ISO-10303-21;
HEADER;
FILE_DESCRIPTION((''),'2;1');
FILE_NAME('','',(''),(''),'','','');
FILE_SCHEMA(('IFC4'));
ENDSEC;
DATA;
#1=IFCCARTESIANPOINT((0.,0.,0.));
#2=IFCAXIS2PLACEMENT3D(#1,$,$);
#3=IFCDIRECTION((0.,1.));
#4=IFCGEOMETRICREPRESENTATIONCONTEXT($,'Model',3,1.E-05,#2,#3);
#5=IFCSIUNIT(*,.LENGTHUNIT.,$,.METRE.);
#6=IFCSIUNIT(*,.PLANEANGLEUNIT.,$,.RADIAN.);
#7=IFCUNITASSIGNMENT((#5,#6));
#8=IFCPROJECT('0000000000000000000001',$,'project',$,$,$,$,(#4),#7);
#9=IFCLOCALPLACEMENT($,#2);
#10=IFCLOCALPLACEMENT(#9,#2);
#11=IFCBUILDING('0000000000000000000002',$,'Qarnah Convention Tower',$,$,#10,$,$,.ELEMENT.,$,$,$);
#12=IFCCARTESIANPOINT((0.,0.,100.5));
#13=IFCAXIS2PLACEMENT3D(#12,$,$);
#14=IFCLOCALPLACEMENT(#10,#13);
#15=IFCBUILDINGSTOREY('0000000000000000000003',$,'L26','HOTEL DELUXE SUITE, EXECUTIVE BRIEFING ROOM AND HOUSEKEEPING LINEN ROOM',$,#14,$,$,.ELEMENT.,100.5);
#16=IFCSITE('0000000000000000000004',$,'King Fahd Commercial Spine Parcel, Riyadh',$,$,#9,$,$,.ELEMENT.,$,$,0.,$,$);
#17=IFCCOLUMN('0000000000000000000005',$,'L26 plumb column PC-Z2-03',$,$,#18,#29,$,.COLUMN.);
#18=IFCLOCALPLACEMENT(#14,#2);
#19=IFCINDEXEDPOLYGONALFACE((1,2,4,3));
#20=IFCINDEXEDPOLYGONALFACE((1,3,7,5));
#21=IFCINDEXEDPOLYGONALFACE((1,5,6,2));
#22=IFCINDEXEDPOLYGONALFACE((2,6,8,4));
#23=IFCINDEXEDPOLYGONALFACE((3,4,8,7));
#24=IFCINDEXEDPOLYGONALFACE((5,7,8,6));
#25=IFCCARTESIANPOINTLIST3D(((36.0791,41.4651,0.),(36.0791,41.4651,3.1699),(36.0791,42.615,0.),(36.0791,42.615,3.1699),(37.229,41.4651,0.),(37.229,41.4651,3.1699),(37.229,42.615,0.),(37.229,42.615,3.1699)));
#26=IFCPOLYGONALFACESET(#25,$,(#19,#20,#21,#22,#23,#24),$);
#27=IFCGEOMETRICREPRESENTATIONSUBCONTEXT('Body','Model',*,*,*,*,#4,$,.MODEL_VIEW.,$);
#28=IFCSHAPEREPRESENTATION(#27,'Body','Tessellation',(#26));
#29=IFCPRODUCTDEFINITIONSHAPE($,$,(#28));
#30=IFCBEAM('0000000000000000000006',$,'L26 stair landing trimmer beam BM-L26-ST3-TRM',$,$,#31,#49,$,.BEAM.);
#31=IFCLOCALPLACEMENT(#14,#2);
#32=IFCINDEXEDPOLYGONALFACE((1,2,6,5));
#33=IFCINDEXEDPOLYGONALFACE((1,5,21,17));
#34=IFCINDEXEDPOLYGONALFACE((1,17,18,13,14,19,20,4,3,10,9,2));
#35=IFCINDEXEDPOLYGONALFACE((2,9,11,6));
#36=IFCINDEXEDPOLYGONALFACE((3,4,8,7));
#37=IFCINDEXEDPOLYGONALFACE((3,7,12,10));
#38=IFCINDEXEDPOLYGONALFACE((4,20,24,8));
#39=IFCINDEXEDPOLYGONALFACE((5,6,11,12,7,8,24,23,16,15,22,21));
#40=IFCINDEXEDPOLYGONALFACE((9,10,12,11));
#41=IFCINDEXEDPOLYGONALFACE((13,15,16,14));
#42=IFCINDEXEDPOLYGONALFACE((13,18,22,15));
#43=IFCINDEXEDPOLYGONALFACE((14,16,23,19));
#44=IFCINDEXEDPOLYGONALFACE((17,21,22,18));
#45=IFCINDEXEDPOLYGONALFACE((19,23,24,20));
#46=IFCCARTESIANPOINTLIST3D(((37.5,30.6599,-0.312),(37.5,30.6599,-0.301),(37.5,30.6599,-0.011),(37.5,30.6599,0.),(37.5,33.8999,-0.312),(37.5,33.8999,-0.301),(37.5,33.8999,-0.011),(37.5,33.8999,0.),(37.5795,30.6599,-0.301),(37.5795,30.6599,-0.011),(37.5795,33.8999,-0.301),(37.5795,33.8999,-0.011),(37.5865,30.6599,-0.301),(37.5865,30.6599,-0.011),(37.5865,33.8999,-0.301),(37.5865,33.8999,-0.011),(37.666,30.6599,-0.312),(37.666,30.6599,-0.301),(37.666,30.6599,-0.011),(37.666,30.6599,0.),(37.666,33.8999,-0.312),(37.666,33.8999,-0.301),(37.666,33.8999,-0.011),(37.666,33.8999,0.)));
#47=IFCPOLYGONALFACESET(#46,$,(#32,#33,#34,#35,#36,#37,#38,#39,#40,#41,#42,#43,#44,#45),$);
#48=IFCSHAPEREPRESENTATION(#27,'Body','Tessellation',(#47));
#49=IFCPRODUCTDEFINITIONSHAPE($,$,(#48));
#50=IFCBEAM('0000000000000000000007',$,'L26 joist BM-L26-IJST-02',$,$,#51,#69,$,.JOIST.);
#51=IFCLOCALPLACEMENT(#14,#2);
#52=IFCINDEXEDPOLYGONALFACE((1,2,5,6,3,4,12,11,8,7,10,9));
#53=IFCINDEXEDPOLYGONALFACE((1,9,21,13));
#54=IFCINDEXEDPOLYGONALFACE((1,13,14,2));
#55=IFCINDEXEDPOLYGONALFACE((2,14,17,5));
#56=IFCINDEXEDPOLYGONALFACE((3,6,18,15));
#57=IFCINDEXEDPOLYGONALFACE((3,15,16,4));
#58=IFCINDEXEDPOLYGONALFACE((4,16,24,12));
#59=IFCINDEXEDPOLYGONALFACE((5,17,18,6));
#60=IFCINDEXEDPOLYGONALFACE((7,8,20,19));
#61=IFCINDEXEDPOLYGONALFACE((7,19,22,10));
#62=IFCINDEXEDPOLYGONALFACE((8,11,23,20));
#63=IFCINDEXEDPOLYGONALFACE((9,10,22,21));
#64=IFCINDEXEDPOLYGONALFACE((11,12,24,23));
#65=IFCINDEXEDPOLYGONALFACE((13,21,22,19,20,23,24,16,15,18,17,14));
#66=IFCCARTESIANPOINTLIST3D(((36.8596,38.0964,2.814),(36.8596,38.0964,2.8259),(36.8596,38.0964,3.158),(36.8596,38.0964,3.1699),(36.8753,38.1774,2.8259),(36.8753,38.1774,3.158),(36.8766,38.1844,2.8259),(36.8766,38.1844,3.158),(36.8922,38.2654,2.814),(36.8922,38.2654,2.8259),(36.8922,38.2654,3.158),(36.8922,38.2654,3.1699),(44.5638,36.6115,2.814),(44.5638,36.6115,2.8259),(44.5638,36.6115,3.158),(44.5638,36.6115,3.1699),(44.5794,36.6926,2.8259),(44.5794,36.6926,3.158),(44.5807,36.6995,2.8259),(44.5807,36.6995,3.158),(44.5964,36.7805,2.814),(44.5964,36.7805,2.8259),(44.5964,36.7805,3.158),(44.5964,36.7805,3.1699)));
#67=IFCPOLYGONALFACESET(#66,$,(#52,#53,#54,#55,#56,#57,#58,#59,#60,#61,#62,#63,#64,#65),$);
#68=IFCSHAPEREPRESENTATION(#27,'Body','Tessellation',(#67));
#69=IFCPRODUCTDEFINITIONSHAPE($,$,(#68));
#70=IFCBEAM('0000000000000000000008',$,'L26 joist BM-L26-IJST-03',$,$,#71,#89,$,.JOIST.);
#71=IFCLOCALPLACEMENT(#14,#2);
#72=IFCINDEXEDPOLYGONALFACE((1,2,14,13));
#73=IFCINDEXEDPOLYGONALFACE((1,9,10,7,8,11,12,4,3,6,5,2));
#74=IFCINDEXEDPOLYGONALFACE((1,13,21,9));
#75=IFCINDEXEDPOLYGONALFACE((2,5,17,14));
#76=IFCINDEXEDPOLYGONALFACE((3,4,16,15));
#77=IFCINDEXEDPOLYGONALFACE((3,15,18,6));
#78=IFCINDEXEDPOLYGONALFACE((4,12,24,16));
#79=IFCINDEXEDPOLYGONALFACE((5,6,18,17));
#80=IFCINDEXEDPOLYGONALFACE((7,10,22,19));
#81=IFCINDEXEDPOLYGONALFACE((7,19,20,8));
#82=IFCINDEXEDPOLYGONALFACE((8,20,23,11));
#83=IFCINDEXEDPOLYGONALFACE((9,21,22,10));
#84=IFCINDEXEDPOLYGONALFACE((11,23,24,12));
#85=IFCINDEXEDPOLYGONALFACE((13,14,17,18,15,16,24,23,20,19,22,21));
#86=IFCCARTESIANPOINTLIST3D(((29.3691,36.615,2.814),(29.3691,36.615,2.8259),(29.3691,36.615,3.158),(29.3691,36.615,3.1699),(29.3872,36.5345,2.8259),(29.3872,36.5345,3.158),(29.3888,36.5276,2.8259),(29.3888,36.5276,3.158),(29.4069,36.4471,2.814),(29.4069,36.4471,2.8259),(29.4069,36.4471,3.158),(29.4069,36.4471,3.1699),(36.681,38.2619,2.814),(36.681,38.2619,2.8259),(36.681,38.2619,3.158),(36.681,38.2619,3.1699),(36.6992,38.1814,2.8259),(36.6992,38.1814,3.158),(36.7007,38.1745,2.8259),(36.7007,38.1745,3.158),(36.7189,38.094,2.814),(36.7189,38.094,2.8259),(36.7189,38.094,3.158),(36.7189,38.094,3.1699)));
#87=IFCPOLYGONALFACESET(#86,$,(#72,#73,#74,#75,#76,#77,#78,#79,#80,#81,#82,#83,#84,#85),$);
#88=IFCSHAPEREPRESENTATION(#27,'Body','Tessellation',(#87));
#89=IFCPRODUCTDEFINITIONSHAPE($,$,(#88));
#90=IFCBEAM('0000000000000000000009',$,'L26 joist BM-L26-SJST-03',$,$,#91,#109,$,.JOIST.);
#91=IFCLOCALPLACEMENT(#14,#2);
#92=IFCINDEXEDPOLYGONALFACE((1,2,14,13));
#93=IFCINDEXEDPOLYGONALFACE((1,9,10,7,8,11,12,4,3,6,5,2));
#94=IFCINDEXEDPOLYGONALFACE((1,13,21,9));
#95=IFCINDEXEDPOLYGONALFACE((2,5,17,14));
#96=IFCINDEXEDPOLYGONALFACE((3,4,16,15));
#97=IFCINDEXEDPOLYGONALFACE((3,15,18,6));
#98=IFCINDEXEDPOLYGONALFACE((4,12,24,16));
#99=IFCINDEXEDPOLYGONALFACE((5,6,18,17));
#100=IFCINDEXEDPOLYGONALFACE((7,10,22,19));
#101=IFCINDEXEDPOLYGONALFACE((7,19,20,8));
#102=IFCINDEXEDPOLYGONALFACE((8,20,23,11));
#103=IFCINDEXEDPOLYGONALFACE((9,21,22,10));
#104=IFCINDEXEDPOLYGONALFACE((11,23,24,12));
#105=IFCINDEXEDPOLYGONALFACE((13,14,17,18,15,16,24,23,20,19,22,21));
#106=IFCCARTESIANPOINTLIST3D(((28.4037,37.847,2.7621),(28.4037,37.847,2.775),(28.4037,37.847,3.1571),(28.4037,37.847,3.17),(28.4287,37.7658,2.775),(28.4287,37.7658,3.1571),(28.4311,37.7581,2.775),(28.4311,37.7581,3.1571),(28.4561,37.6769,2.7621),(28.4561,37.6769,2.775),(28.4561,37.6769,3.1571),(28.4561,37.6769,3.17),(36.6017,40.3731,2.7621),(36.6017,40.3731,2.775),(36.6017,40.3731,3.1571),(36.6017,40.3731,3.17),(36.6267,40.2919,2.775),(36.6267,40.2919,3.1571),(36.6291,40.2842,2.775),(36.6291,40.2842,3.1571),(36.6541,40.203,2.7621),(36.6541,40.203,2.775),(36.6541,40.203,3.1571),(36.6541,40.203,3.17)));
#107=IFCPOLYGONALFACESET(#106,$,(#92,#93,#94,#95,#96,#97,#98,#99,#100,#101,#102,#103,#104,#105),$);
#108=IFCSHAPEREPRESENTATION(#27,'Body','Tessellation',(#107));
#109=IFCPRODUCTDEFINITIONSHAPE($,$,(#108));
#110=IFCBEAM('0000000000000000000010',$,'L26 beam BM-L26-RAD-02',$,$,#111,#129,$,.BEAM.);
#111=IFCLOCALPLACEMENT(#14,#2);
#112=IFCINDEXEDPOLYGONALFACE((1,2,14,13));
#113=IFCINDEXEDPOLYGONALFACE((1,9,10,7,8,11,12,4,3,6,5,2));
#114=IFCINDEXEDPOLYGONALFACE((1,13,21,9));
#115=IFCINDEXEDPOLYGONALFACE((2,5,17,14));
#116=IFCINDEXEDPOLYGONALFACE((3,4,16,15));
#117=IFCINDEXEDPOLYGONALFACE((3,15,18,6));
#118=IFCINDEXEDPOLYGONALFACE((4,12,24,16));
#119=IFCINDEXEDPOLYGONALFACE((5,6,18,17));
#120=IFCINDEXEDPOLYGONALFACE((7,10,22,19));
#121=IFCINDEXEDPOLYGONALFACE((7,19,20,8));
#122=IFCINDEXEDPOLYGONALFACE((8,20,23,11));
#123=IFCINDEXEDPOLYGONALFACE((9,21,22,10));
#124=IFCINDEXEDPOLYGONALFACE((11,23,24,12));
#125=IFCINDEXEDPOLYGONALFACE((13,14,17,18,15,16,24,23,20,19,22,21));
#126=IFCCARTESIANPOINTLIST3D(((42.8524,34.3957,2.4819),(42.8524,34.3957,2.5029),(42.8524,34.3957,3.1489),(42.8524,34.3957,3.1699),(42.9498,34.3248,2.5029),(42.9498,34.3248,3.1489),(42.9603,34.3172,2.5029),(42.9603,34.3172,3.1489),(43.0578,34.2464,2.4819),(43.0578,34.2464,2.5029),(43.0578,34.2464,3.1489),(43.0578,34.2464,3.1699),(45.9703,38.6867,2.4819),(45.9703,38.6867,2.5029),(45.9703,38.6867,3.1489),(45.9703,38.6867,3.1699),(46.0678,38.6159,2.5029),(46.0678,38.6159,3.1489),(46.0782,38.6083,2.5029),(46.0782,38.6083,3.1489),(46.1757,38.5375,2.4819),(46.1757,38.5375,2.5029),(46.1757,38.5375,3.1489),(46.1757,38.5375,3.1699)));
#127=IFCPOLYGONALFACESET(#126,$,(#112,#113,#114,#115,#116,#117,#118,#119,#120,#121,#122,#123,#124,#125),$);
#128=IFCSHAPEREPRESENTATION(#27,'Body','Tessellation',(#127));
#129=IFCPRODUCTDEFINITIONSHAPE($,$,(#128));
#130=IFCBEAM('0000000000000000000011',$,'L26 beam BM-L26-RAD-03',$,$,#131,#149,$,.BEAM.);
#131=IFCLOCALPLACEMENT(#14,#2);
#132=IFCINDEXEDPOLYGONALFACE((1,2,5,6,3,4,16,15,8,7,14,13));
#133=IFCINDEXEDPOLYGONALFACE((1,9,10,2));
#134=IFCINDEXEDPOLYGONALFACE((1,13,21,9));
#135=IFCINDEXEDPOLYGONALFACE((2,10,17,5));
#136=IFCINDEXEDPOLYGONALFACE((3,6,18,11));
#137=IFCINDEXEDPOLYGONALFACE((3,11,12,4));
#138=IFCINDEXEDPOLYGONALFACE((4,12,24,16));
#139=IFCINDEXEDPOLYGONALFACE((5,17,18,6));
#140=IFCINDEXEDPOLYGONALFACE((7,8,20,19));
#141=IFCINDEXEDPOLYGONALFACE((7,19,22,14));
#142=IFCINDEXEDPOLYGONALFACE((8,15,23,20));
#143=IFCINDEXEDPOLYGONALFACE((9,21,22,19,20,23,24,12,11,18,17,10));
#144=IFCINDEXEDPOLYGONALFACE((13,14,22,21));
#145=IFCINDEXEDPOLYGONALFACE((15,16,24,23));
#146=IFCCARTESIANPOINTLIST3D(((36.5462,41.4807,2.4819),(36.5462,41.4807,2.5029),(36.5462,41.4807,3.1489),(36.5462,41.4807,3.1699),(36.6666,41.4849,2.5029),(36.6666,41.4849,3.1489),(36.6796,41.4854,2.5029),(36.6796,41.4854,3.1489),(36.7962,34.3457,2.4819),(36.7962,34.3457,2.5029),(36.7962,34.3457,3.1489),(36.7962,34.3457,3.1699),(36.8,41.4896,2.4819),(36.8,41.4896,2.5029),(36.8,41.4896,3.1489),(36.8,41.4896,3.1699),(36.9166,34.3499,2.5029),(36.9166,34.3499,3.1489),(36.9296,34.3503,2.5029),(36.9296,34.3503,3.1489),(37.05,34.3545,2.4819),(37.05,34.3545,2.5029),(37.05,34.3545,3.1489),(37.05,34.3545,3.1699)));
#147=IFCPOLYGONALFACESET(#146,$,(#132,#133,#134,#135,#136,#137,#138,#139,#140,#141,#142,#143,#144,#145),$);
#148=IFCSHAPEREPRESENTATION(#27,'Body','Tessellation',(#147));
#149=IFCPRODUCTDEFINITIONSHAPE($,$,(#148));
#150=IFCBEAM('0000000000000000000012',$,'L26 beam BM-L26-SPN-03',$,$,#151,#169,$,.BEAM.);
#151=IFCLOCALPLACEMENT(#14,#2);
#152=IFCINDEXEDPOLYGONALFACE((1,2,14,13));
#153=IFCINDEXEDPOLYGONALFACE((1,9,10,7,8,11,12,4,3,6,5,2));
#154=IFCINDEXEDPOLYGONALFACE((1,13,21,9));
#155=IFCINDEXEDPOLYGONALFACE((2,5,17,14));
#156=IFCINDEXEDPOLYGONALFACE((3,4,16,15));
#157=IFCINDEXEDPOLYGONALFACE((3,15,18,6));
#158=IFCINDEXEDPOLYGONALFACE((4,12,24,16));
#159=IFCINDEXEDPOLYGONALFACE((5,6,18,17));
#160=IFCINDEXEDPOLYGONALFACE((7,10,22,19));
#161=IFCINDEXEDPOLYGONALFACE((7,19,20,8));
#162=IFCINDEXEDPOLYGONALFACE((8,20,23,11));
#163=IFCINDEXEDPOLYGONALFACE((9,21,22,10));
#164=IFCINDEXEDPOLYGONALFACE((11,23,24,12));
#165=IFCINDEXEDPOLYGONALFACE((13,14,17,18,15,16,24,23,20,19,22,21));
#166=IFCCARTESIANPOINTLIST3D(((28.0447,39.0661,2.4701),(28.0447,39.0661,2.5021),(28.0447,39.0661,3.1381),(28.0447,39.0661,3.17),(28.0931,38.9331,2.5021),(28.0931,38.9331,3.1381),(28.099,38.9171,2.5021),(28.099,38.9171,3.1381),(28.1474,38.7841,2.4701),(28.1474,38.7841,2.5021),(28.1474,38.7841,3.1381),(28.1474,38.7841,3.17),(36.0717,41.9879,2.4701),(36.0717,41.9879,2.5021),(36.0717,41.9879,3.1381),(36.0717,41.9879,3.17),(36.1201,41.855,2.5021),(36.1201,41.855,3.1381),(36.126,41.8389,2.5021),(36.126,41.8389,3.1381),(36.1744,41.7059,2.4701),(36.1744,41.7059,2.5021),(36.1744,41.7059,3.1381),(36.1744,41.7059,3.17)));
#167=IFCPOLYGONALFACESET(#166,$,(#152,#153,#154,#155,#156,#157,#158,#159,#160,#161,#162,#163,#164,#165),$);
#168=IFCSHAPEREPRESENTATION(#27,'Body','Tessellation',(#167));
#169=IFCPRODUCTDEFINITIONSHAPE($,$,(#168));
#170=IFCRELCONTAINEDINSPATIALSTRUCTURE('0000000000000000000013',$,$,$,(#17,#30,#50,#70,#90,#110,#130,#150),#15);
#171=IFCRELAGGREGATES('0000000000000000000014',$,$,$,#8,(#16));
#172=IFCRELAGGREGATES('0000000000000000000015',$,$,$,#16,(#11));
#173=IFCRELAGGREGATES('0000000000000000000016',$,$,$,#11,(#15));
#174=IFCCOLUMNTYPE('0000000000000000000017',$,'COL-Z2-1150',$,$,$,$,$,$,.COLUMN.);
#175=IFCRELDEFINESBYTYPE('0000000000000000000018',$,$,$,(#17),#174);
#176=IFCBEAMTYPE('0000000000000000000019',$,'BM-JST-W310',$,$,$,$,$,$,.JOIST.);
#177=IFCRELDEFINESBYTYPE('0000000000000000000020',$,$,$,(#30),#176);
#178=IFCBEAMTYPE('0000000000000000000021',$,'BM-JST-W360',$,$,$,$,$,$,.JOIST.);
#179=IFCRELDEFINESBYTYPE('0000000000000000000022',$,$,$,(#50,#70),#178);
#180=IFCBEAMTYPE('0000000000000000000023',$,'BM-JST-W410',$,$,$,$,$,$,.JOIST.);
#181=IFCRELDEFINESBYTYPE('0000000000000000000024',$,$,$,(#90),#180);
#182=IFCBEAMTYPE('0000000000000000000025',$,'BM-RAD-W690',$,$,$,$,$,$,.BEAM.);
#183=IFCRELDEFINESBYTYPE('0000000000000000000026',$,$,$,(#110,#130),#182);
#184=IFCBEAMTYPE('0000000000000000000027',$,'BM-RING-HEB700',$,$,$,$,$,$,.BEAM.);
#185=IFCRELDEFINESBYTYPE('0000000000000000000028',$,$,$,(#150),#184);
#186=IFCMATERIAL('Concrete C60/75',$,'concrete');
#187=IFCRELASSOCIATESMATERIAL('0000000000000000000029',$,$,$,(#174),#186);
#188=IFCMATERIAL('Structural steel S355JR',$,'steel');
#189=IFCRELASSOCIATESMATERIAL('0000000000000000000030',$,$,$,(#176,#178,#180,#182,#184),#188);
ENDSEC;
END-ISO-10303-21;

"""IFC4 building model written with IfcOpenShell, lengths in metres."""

from ifc_helpers import new_model, si_unit, direction, frame, origin, origin_2d, place, context, subcontext, project, spatial, rectangle, i_section, extrude, material, material_profile, profile_set, type_object, element, save


model = new_model("IFC4")

# Units and contexts
model_context = context("Model", 3, precision=1e-05, world=origin(), true_north=direction((0.0, 1.0)))
body_context = subcontext(model_context, "Body", "Model", "MODEL_VIEW")
ifc_project = project(units=[si_unit("LENGTHUNIT", "METRE"), si_unit("PLANEANGLEUNIT", "RADIAN")], contexts=[model_context])

# Site, building, storey
site_placement = place(None, origin())
site = spatial("IfcSite", under=ifc_project, at=site_placement, Name="King Fahd Commercial Spine Parcel, Riyadh", CompositionType="ELEMENT", RefElevation=0.0)
building_placement = place(site_placement, origin())
building = spatial("IfcBuilding", under=site, at=building_placement, Name="Qarnah Convention Tower", CompositionType="ELEMENT")
storey_placement = place(building_placement, frame((0.0, 0.0, 100.5)))
storey = spatial("IfcBuildingStorey", under=building, at=storey_placement, Name="L26", Description="HOTEL DELUXE SUITE, EXECUTIVE BRIEFING ROOM AND HOUSEKEEPING LINEN ROOM", CompositionType="ELEMENT", Elevation=100.5)

# Column
ifc_material_1 = material(Name="Concrete C60/75", Category="concrete")
ifc_material_profile_1 = material_profile(ifc_material_1, rectangle(XDim=1.1499, YDim=1.1499, at=origin_2d()), Name="RC-COL-1150X1150")
ifc_profile_set_1 = profile_set([ifc_material_profile_1], Name="Concrete C60/75")
column_type = type_object("IfcColumnType", Name="COL-Z2-1150", PredefinedType="COLUMN", material=ifc_profile_set_1)
column_placement = place(storey_placement, frame((36.6541, 42.04, 0.0), z_axis=(0.0, 0.0, 1.0), x_axis=(1.0, 0.0, 0.0)))
element("IfcColumn", 1, at=column_placement, inside=storey, type_object=column_type, Name="L26 plumb column PC-Z2-03", PredefinedType="COLUMN", context=body_context, shape_type="SweptSolid", body=[
    extrude(rectangle(XDim=1.1499, YDim=1.1499, at=origin_2d()), origin(), (0.0, 0.0, 1.0), 3.1699),
])

# Beams
ifc_material_2 = material(Name="Structural steel S355JR", Category="steel")
ifc_material_profile_2 = material_profile(ifc_material_2, i_section(OverallWidth=0.166, OverallDepth=0.312, WebThickness=0.0071, FlangeThickness=0.011, at=origin_2d()), Name="W310X45")
ifc_profile_set_2 = profile_set([ifc_material_profile_2], Name="Structural steel S355JR")
beam_type_1 = type_object("IfcBeamType", Name="BM-JST-W310", PredefinedType="JOIST", material=ifc_profile_set_2)
beam_1_placement = place(storey_placement, frame((37.583, 30.6599, -0.156), z_axis=(0.0, 1.0, 0.0), x_axis=(-1.0, 0.0, 0.0)))
element("IfcBeam", 2, at=beam_1_placement, inside=storey, type_object=beam_type_1, Name="L26 stair landing trimmer beam BM-L26-ST3-TRM", PredefinedType="BEAM", context=body_context, shape_type="SweptSolid", body=[
    extrude(i_section(OverallWidth=0.166, OverallDepth=0.312, WebThickness=0.0071, FlangeThickness=0.011, at=origin_2d()), origin(), (0.0, 0.0, 1.0), 3.24),
])
ifc_material_profile_3 = material_profile(ifc_material_2, i_section(OverallWidth=0.1721, OverallDepth=0.356, WebThickness=0.0071, FlangeThickness=0.012, at=origin_2d()), Name="W360X51")
ifc_profile_set_3 = profile_set([ifc_material_profile_3], Name="Structural steel S355JR")
beam_type_2 = type_object("IfcBeamType", Name="BM-JST-W360", PredefinedType="JOIST", material=ifc_profile_set_3)
beam_2_placement = place(storey_placement, frame((44.5801, 36.696, 2.9919), z_axis=(-0.981928, 0.189254, 0.0), x_axis=(-0.189254, -0.981928, 0.0)))
element("IfcBeam", 3, at=beam_2_placement, inside=storey, type_object=beam_type_2, Name="L26 joist BM-L26-IJST-02", PredefinedType="JOIST", context=body_context, shape_type="SweptSolid", body=[
    extrude(i_section(OverallWidth=0.1721, OverallDepth=0.356, WebThickness=0.0071, FlangeThickness=0.012, at=origin_2d()), origin(), (0.0, 0.0, 1.0), 7.8459),
])
beam_3_placement = place(storey_placement, frame((36.7, 38.178, 2.9919), z_axis=(-0.975559, -0.219737, 0.0), x_axis=(0.219737, -0.975559, 0.0)))
element("IfcBeam", 4, at=beam_3_placement, inside=storey, type_object=beam_type_2, Name="L26 joist BM-L26-IJST-03", PredefinedType="JOIST", context=body_context, shape_type="SweptSolid", body=[
    extrude(i_section(OverallWidth=0.1721, OverallDepth=0.356, WebThickness=0.0071, FlangeThickness=0.012, at=origin_2d()), origin(), (0.0, 0.0, 1.0), 7.4951),
])
ifc_material_profile_4 = material_profile(ifc_material_2, i_section(OverallWidth=0.178, OverallDepth=0.408, WebThickness=0.0081, FlangeThickness=0.0129, at=origin_2d()), Name="W410X60")
ifc_profile_set_4 = profile_set([ifc_material_profile_4], Name="Structural steel S355JR")
beam_type_3 = type_object("IfcBeamType", Name="BM-JST-W410", PredefinedType="JOIST", material=ifc_profile_set_4)
beam_4_placement = place(storey_placement, frame((36.6279, 40.2881, 2.9661), z_axis=(-0.955659, -0.294476, 0.0), x_axis=(0.294476, -0.955659, 0.0)))
element("IfcBeam", 5, at=beam_4_placement, inside=storey, type_object=beam_type_3, Name="L26 joist BM-L26-SJST-03", PredefinedType="JOIST", context=body_context, shape_type="SweptSolid", body=[
    extrude(i_section(OverallWidth=0.178, OverallDepth=0.408, WebThickness=0.0081, FlangeThickness=0.0129, at=origin_2d()), origin(), (0.0, 0.0, 1.0), 8.5784),
])
ifc_material_profile_5 = material_profile(ifc_material_2, i_section(OverallWidth=0.2539, OverallDepth=0.688, WebThickness=0.0129, FlangeThickness=0.021, at=origin_2d()), Name="W690X152")
ifc_profile_set_5 = profile_set([ifc_material_profile_5], Name="Structural steel S355JR")
beam_type_4 = type_object("IfcBeamType", Name="BM-RAD-W690", PredefinedType="BEAM", material=ifc_profile_set_5)
beam_5_placement = place(storey_placement, frame((42.9551, 34.321, 2.8259), z_axis=(0.587824, 0.808989, 0.0), x_axis=(-0.808989, 0.587824, 0.0)))
element("IfcBeam", 6, at=beam_5_placement, inside=storey, type_object=beam_type_4, Name="L26 beam BM-L26-RAD-02", PredefinedType="BEAM", context=body_context, shape_type="SweptSolid", body=[
    extrude(i_section(OverallWidth=0.2539, OverallDepth=0.688, WebThickness=0.0129, FlangeThickness=0.021, at=origin_2d()), origin(), (0.0, 0.0, 1.0), 5.3042),
])
beam_6_placement = place(storey_placement, frame((36.9231, 34.3501, 2.8259), z_axis=(-0.035017, 0.999387, 0.0), x_axis=(-0.999387, -0.035017, 0.0)))
element("IfcBeam", 7, at=beam_6_placement, inside=storey, type_object=beam_type_4, Name="L26 beam BM-L26-RAD-03", PredefinedType="BEAM", context=body_context, shape_type="SweptSolid", body=[
    extrude(i_section(OverallWidth=0.2539, OverallDepth=0.688, WebThickness=0.0129, FlangeThickness=0.021, at=origin_2d()), origin(), (0.0, 0.0, 1.0), 7.1394),
])
ifc_material_profile_6 = material_profile(ifc_material_2, i_section(OverallWidth=0.3, OverallDepth=0.7, WebThickness=0.0171, FlangeThickness=0.032, at=origin_2d()), Name="HEB700")
ifc_profile_set_6 = profile_set([ifc_material_profile_6], Name="Structural steel S355JR")
beam_type_5 = type_object("IfcBeamType", Name="BM-RING-HEB700", PredefinedType="BEAM", material=ifc_profile_set_6)
beam_7_placement = place(storey_placement, frame((36.123, 41.8469, 2.8201), z_axis=(-0.939683, -0.342046, 0.0), x_axis=(0.342046, -0.939683, 0.0)))
element("IfcBeam", 8, at=beam_7_placement, inside=storey, type_object=beam_type_5, Name="L26 beam BM-L26-SPN-03", PredefinedType="BEAM", context=body_context, shape_type="SweptSolid", body=[
    extrude(i_section(OverallWidth=0.3, OverallDepth=0.7, WebThickness=0.0171, FlangeThickness=0.032, at=origin_2d()), origin(), (0.0, 0.0, 1.0), 8.5422),
])

save(model, "model.ifc")
